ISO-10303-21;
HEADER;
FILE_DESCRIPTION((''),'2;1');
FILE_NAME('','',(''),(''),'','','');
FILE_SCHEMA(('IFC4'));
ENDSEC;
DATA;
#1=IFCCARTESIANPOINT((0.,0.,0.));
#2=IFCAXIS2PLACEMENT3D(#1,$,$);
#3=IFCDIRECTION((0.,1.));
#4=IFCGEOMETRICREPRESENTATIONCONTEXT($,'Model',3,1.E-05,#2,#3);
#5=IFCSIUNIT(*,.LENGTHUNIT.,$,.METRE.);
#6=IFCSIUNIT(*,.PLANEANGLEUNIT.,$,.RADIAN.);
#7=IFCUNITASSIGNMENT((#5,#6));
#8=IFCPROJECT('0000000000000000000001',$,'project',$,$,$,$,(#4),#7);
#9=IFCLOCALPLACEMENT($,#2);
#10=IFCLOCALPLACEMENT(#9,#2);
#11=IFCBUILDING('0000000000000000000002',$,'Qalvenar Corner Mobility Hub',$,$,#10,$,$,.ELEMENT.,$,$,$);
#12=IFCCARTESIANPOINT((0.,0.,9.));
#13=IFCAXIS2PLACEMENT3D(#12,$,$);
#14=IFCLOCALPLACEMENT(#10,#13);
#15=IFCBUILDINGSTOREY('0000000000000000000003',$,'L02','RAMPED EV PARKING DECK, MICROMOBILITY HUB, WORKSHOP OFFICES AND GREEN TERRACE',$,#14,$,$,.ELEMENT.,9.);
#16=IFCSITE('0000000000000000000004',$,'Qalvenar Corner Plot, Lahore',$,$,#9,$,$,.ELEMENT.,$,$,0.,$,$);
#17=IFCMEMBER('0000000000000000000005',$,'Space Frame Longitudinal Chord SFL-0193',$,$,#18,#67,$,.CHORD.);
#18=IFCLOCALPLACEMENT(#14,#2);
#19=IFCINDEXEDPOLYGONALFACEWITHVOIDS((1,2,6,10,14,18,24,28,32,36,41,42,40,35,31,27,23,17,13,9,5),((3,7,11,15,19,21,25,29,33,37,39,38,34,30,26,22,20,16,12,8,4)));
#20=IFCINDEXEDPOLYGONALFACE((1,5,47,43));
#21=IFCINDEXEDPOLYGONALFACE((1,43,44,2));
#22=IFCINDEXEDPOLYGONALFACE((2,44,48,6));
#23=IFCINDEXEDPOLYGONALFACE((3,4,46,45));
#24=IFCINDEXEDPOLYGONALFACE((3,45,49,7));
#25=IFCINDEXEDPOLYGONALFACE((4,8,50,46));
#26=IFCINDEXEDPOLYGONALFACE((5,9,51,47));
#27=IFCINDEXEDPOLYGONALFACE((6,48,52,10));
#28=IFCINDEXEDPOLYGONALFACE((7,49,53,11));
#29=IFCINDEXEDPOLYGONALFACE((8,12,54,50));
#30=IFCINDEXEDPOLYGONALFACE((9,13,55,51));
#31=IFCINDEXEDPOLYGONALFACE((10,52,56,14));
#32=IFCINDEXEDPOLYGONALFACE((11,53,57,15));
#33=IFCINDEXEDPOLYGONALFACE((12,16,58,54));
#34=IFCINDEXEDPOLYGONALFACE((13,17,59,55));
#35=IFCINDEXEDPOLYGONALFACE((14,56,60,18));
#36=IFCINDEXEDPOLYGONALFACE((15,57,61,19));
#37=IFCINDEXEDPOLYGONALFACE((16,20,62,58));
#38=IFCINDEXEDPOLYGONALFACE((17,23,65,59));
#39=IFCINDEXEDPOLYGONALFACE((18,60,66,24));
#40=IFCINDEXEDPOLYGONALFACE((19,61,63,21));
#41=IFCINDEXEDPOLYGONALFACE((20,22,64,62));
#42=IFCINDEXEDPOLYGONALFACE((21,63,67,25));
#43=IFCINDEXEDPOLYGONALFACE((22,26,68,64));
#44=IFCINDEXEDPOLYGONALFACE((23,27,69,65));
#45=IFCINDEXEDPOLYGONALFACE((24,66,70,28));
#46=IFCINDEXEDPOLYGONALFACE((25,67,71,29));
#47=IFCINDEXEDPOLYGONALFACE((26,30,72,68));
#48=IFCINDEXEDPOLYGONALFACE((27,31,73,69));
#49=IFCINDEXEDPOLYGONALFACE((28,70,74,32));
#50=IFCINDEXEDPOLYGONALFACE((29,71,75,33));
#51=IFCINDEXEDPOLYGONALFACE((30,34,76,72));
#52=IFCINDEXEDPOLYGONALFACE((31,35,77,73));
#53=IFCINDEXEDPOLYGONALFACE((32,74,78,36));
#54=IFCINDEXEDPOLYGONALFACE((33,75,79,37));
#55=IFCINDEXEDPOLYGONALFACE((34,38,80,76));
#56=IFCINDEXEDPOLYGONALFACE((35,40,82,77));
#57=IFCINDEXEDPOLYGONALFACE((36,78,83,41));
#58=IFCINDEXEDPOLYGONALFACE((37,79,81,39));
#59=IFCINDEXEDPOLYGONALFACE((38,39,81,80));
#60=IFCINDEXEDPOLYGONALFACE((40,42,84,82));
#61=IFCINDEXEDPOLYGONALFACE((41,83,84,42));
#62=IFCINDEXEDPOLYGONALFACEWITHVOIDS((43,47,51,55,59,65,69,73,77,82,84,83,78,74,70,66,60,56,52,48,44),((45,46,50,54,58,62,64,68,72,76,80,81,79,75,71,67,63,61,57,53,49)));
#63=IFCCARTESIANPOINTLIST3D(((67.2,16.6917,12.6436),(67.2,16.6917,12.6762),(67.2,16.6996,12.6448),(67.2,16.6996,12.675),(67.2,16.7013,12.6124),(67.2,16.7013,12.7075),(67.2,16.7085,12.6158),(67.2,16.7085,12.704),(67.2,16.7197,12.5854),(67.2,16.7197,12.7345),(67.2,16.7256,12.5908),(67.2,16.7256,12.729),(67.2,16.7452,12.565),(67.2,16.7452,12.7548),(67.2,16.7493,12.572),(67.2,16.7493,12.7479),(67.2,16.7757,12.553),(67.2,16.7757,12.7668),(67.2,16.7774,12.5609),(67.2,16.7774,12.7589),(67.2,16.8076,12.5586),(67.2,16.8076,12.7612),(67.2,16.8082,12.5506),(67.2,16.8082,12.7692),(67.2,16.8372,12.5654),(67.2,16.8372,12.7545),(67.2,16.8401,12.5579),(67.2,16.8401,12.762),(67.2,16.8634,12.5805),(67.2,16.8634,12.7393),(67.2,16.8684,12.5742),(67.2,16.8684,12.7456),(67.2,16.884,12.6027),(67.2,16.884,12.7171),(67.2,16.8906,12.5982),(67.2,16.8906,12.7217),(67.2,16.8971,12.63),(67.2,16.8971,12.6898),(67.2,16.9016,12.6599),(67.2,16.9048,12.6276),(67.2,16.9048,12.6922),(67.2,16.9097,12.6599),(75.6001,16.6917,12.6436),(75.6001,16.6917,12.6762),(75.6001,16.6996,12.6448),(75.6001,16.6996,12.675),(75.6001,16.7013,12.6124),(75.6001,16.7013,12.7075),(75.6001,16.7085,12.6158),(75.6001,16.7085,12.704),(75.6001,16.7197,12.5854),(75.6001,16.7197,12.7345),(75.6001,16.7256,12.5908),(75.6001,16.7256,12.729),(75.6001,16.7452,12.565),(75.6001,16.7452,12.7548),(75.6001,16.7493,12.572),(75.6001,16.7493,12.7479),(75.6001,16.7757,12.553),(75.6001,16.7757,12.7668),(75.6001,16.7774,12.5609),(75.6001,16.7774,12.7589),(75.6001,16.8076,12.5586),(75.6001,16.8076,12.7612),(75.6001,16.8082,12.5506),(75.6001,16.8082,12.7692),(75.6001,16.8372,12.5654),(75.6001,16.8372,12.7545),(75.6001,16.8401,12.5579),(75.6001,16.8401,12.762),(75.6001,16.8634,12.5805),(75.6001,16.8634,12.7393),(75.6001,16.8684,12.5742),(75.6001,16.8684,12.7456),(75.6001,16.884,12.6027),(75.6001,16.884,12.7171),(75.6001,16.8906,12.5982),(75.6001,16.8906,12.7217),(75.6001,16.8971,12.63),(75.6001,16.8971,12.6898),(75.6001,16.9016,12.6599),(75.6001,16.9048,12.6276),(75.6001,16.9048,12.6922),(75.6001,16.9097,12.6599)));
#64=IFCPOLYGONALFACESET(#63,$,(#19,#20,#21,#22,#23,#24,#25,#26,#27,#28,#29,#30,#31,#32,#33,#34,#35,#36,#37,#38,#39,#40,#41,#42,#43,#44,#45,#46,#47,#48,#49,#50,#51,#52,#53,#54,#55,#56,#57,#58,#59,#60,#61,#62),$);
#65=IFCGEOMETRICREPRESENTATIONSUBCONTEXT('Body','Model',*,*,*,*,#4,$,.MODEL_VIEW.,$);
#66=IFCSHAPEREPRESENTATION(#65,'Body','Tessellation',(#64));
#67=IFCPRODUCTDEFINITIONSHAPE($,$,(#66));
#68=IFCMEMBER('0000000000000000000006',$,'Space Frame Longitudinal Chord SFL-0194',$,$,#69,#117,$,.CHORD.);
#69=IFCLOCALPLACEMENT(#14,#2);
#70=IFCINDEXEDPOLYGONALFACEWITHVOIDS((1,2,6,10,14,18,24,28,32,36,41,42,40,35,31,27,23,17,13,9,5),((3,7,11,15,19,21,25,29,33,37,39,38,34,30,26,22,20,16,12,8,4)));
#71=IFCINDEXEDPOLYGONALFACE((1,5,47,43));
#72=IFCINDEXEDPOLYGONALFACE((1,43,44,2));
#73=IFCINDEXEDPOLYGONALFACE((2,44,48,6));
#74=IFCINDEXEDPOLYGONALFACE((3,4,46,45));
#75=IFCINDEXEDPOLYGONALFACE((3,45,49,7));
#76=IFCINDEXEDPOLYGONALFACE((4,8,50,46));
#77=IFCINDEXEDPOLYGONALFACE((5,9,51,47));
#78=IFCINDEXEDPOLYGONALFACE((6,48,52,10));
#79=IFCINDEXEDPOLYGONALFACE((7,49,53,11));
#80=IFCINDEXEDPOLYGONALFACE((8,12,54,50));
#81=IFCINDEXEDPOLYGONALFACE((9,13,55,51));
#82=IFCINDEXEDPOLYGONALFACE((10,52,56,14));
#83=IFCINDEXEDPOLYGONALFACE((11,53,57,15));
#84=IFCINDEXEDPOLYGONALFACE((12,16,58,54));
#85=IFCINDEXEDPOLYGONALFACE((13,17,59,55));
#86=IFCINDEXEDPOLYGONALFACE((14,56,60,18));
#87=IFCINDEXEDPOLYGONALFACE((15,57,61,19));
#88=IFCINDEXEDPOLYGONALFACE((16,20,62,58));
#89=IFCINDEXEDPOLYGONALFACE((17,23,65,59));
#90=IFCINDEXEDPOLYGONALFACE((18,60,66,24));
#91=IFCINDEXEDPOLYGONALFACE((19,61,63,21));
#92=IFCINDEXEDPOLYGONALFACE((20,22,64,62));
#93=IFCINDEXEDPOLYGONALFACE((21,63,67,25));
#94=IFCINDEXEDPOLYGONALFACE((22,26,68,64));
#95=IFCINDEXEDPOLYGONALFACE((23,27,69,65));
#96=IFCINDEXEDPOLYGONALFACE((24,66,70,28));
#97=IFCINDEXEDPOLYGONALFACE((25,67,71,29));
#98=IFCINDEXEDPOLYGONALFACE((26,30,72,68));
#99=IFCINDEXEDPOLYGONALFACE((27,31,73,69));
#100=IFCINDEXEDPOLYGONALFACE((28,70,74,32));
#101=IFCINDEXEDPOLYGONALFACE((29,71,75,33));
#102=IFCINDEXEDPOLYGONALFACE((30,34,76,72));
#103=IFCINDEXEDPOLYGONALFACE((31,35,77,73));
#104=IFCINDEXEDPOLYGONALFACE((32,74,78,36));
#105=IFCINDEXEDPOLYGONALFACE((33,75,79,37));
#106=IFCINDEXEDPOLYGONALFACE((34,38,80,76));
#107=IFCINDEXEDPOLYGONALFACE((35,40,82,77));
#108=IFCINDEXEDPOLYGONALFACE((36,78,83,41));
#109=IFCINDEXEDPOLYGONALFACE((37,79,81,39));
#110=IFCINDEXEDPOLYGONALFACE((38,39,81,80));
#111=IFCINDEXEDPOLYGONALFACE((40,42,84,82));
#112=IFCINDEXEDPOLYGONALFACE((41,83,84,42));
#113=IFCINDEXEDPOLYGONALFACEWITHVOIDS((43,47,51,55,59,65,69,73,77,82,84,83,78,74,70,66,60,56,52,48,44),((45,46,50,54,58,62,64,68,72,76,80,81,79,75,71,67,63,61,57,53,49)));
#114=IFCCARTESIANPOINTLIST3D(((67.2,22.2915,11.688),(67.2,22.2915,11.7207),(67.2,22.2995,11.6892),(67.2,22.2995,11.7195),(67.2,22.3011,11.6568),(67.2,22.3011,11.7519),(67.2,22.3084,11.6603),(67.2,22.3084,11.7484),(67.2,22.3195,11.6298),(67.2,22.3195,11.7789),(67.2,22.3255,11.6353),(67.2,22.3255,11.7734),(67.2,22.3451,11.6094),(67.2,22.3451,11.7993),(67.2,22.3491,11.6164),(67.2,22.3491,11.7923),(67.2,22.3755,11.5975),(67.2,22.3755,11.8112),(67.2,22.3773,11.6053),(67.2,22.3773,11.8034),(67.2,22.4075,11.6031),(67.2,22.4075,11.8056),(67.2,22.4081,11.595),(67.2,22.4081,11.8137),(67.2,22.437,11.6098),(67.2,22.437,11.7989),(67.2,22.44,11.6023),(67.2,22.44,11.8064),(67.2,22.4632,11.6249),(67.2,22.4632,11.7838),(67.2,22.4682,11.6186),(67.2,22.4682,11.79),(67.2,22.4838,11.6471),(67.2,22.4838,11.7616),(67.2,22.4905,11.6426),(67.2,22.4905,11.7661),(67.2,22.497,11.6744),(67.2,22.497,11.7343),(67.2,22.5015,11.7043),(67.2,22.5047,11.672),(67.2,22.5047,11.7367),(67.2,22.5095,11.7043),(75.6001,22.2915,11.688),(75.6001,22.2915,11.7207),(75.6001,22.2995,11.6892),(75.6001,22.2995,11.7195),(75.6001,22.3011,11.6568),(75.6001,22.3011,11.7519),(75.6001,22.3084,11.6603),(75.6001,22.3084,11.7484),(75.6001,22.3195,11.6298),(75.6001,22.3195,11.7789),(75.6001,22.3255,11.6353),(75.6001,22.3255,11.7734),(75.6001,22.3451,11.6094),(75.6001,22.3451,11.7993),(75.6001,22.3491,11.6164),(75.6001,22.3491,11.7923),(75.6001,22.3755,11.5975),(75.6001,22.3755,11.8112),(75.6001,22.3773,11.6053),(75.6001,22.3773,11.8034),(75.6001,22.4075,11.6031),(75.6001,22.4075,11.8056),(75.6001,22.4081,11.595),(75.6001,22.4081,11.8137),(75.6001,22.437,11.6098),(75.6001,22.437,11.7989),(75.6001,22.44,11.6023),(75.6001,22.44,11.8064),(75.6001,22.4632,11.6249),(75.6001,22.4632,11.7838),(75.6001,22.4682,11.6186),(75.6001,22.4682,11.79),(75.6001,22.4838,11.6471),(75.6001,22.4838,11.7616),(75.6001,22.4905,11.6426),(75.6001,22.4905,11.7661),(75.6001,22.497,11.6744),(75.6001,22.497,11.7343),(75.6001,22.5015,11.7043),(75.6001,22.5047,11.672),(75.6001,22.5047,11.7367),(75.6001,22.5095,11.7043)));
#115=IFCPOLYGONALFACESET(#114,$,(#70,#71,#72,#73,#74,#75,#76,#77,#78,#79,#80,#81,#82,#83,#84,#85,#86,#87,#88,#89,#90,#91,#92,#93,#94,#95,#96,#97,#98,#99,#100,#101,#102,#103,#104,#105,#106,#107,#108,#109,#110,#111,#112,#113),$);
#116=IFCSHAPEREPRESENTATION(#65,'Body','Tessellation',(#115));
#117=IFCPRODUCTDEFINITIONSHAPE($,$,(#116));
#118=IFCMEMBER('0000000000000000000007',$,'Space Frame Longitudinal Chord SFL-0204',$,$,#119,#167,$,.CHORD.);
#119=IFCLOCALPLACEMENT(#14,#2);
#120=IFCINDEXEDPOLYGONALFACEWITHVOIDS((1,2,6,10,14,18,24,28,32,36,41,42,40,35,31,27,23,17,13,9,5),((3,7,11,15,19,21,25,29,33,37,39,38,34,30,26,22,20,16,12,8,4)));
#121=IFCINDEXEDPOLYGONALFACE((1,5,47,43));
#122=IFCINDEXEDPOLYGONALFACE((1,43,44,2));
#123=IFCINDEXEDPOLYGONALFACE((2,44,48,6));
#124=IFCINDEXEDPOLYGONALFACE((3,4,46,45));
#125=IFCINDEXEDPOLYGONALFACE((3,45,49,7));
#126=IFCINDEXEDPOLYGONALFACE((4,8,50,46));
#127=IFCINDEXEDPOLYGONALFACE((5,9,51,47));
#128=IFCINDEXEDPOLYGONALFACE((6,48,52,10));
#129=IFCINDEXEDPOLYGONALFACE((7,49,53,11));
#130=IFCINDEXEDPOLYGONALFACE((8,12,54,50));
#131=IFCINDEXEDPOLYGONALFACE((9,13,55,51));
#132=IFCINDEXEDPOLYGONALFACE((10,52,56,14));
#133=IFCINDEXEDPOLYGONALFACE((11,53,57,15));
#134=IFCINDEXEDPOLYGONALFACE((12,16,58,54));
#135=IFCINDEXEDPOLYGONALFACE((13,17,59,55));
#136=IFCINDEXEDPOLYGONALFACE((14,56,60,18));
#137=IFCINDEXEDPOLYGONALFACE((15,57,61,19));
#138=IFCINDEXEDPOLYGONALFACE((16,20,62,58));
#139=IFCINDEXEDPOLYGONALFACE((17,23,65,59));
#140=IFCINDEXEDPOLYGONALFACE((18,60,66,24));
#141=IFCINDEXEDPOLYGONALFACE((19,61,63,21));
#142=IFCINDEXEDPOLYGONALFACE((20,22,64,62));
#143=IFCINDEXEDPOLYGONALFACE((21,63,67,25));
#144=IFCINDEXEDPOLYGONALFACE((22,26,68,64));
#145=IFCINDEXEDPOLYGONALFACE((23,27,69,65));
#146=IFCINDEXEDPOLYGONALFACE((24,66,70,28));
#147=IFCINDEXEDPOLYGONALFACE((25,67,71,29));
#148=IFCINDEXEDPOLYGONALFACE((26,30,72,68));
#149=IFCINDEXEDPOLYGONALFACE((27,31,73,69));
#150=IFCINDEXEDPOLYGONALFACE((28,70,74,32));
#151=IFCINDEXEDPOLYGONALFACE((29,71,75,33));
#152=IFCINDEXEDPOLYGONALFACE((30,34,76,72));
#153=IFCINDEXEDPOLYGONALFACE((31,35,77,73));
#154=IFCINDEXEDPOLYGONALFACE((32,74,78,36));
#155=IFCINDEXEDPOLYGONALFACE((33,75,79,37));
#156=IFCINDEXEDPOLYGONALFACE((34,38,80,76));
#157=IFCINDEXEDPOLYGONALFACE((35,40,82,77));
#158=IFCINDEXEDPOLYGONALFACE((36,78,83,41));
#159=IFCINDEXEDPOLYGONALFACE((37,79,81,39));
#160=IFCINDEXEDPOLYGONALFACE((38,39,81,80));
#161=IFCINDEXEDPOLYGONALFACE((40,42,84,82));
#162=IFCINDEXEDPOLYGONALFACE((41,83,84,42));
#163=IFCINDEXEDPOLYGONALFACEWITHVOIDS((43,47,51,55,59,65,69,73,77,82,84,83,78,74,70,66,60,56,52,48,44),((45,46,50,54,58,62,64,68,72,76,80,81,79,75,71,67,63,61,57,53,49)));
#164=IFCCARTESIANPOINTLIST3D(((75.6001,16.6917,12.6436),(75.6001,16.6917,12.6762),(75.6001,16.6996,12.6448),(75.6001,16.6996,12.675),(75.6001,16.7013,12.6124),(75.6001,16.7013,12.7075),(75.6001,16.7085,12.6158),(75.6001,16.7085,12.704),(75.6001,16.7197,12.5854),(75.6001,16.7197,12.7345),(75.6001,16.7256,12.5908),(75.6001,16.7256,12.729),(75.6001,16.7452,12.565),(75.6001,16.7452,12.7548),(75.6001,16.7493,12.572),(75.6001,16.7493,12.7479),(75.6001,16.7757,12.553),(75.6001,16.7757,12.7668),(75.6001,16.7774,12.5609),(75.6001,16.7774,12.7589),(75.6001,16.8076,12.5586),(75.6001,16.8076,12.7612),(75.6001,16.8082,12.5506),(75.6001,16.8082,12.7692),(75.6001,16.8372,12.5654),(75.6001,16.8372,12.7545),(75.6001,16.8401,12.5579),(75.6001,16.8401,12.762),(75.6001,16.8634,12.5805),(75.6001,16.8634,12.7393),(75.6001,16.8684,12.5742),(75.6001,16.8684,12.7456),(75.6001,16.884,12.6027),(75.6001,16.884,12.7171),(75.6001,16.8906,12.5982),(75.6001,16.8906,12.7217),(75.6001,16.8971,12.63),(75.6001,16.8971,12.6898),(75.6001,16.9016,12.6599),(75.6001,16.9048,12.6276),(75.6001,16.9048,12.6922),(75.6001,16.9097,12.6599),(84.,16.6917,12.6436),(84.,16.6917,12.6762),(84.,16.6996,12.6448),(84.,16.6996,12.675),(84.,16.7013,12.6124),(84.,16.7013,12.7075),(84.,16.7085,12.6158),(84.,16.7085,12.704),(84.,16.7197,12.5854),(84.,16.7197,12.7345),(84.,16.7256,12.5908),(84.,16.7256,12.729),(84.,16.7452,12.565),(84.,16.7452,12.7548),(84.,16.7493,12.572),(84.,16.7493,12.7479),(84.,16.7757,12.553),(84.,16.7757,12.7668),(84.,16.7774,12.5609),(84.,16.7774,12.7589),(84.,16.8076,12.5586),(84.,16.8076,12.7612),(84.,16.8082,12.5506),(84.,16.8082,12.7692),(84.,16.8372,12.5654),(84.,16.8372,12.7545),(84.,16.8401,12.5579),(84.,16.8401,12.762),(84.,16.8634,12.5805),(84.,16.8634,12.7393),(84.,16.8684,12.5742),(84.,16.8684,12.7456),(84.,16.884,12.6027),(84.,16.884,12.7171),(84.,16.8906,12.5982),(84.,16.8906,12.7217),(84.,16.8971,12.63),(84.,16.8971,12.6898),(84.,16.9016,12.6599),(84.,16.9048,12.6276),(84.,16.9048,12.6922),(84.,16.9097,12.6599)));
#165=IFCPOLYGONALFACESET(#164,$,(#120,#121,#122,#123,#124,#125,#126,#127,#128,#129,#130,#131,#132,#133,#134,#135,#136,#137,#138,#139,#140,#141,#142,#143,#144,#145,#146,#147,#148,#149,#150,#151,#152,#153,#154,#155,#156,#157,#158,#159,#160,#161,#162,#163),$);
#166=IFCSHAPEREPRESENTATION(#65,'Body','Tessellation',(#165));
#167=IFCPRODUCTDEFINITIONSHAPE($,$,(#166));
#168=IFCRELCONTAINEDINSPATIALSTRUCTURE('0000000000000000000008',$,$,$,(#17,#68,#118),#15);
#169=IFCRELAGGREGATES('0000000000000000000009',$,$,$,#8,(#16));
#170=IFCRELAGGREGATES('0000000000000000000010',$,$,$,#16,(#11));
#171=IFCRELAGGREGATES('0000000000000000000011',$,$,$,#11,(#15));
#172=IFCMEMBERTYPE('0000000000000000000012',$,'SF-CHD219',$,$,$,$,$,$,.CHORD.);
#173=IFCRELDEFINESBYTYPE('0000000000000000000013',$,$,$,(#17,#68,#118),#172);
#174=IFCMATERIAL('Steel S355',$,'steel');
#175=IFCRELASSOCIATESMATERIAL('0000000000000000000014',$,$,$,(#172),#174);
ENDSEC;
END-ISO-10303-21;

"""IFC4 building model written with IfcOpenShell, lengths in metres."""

from ifc_helpers import new_model, si_unit, direction, frame, origin, origin_2d, place, context, subcontext, project, spatial, hollow_circle, extrude, material, material_profile, profile_set, type_object, element, save


model = new_model("IFC4")

# Units and contexts
model_context = context("Model", 3, precision=1e-05, world=origin(), true_north=direction((0.0, 1.0)))
body_context = subcontext(model_context, "Body", "Model", "MODEL_VIEW")
ifc_project = project(units=[si_unit("LENGTHUNIT", "METRE"), si_unit("PLANEANGLEUNIT", "RADIAN")], contexts=[model_context])

# Site, building, storey
site_placement = place(None, origin())
site = spatial("IfcSite", under=ifc_project, at=site_placement, Name="Qalvenar Corner Plot, Lahore", CompositionType="ELEMENT", RefElevation=0.0)
building_placement = place(site_placement, origin())
building = spatial("IfcBuilding", under=site, at=building_placement, Name="Qalvenar Corner Mobility Hub", CompositionType="ELEMENT")
storey_placement = place(building_placement, frame((0.0, 0.0, 9.0)))
storey = spatial("IfcBuildingStorey", under=building, at=storey_placement, Name="L02", Description="RAMPED EV PARKING DECK, MICROMOBILITY HUB, WORKSHOP OFFICES AND GREEN TERRACE", CompositionType="ELEMENT", Elevation=9.0)

# Members
ifc_material_1 = material(Name="Steel S355", Category="steel")
ifc_material_profile_1 = material_profile(ifc_material_1, hollow_circle(Radius=0.1096, WallThickness=0.0081, at=origin_2d()), Name="CHS219.1x8")
ifc_profile_set_1 = profile_set([ifc_material_profile_1], Name="Steel S355")
member_type_1 = type_object("IfcMemberType", Name="SF-CHD219", PredefinedType="CHORD", material=ifc_profile_set_1)
for number, where, z_axis, x_axis, name in (
    (1, (67.2, 16.8, 12.6599), (1.0, 0.0, 0.0), (0.0, 1.0, 0.0), "Space Frame Longitudinal Chord SFL-0193"),
    (2, (67.2, 22.3999, 11.7043), (1.0, 0.0, 0.0), (0.0, 1.0, 0.0), "Space Frame Longitudinal Chord SFL-0194"),
):
    element("IfcMember", number, at=place(storey_placement, frame(where, z_axis=z_axis, x_axis=x_axis)), inside=storey, type_object=member_type_1, Name=name, PredefinedType="CHORD", context=body_context, shape_type="SweptSolid", body=[
        extrude(hollow_circle(Radius=0.1096, WallThickness=0.0081, at=origin_2d()), origin(), (0.0, 0.0, 1.0), 8.4001),
    ])
member_1_placement = place(storey_placement, frame((75.6001, 16.8, 12.6599), z_axis=(1.0, 0.0, 0.0), x_axis=(0.0, 1.0, 0.0)))
element("IfcMember", 3, at=member_1_placement, inside=storey, type_object=member_type_1, Name="Space Frame Longitudinal Chord SFL-0204", PredefinedType="CHORD", context=body_context, shape_type="SweptSolid", body=[
    extrude(hollow_circle(Radius=0.1096, WallThickness=0.0081, at=origin_2d()), origin(), (0.0, 0.0, 1.0), 8.3999),
])

save(model, "model.ifc")
